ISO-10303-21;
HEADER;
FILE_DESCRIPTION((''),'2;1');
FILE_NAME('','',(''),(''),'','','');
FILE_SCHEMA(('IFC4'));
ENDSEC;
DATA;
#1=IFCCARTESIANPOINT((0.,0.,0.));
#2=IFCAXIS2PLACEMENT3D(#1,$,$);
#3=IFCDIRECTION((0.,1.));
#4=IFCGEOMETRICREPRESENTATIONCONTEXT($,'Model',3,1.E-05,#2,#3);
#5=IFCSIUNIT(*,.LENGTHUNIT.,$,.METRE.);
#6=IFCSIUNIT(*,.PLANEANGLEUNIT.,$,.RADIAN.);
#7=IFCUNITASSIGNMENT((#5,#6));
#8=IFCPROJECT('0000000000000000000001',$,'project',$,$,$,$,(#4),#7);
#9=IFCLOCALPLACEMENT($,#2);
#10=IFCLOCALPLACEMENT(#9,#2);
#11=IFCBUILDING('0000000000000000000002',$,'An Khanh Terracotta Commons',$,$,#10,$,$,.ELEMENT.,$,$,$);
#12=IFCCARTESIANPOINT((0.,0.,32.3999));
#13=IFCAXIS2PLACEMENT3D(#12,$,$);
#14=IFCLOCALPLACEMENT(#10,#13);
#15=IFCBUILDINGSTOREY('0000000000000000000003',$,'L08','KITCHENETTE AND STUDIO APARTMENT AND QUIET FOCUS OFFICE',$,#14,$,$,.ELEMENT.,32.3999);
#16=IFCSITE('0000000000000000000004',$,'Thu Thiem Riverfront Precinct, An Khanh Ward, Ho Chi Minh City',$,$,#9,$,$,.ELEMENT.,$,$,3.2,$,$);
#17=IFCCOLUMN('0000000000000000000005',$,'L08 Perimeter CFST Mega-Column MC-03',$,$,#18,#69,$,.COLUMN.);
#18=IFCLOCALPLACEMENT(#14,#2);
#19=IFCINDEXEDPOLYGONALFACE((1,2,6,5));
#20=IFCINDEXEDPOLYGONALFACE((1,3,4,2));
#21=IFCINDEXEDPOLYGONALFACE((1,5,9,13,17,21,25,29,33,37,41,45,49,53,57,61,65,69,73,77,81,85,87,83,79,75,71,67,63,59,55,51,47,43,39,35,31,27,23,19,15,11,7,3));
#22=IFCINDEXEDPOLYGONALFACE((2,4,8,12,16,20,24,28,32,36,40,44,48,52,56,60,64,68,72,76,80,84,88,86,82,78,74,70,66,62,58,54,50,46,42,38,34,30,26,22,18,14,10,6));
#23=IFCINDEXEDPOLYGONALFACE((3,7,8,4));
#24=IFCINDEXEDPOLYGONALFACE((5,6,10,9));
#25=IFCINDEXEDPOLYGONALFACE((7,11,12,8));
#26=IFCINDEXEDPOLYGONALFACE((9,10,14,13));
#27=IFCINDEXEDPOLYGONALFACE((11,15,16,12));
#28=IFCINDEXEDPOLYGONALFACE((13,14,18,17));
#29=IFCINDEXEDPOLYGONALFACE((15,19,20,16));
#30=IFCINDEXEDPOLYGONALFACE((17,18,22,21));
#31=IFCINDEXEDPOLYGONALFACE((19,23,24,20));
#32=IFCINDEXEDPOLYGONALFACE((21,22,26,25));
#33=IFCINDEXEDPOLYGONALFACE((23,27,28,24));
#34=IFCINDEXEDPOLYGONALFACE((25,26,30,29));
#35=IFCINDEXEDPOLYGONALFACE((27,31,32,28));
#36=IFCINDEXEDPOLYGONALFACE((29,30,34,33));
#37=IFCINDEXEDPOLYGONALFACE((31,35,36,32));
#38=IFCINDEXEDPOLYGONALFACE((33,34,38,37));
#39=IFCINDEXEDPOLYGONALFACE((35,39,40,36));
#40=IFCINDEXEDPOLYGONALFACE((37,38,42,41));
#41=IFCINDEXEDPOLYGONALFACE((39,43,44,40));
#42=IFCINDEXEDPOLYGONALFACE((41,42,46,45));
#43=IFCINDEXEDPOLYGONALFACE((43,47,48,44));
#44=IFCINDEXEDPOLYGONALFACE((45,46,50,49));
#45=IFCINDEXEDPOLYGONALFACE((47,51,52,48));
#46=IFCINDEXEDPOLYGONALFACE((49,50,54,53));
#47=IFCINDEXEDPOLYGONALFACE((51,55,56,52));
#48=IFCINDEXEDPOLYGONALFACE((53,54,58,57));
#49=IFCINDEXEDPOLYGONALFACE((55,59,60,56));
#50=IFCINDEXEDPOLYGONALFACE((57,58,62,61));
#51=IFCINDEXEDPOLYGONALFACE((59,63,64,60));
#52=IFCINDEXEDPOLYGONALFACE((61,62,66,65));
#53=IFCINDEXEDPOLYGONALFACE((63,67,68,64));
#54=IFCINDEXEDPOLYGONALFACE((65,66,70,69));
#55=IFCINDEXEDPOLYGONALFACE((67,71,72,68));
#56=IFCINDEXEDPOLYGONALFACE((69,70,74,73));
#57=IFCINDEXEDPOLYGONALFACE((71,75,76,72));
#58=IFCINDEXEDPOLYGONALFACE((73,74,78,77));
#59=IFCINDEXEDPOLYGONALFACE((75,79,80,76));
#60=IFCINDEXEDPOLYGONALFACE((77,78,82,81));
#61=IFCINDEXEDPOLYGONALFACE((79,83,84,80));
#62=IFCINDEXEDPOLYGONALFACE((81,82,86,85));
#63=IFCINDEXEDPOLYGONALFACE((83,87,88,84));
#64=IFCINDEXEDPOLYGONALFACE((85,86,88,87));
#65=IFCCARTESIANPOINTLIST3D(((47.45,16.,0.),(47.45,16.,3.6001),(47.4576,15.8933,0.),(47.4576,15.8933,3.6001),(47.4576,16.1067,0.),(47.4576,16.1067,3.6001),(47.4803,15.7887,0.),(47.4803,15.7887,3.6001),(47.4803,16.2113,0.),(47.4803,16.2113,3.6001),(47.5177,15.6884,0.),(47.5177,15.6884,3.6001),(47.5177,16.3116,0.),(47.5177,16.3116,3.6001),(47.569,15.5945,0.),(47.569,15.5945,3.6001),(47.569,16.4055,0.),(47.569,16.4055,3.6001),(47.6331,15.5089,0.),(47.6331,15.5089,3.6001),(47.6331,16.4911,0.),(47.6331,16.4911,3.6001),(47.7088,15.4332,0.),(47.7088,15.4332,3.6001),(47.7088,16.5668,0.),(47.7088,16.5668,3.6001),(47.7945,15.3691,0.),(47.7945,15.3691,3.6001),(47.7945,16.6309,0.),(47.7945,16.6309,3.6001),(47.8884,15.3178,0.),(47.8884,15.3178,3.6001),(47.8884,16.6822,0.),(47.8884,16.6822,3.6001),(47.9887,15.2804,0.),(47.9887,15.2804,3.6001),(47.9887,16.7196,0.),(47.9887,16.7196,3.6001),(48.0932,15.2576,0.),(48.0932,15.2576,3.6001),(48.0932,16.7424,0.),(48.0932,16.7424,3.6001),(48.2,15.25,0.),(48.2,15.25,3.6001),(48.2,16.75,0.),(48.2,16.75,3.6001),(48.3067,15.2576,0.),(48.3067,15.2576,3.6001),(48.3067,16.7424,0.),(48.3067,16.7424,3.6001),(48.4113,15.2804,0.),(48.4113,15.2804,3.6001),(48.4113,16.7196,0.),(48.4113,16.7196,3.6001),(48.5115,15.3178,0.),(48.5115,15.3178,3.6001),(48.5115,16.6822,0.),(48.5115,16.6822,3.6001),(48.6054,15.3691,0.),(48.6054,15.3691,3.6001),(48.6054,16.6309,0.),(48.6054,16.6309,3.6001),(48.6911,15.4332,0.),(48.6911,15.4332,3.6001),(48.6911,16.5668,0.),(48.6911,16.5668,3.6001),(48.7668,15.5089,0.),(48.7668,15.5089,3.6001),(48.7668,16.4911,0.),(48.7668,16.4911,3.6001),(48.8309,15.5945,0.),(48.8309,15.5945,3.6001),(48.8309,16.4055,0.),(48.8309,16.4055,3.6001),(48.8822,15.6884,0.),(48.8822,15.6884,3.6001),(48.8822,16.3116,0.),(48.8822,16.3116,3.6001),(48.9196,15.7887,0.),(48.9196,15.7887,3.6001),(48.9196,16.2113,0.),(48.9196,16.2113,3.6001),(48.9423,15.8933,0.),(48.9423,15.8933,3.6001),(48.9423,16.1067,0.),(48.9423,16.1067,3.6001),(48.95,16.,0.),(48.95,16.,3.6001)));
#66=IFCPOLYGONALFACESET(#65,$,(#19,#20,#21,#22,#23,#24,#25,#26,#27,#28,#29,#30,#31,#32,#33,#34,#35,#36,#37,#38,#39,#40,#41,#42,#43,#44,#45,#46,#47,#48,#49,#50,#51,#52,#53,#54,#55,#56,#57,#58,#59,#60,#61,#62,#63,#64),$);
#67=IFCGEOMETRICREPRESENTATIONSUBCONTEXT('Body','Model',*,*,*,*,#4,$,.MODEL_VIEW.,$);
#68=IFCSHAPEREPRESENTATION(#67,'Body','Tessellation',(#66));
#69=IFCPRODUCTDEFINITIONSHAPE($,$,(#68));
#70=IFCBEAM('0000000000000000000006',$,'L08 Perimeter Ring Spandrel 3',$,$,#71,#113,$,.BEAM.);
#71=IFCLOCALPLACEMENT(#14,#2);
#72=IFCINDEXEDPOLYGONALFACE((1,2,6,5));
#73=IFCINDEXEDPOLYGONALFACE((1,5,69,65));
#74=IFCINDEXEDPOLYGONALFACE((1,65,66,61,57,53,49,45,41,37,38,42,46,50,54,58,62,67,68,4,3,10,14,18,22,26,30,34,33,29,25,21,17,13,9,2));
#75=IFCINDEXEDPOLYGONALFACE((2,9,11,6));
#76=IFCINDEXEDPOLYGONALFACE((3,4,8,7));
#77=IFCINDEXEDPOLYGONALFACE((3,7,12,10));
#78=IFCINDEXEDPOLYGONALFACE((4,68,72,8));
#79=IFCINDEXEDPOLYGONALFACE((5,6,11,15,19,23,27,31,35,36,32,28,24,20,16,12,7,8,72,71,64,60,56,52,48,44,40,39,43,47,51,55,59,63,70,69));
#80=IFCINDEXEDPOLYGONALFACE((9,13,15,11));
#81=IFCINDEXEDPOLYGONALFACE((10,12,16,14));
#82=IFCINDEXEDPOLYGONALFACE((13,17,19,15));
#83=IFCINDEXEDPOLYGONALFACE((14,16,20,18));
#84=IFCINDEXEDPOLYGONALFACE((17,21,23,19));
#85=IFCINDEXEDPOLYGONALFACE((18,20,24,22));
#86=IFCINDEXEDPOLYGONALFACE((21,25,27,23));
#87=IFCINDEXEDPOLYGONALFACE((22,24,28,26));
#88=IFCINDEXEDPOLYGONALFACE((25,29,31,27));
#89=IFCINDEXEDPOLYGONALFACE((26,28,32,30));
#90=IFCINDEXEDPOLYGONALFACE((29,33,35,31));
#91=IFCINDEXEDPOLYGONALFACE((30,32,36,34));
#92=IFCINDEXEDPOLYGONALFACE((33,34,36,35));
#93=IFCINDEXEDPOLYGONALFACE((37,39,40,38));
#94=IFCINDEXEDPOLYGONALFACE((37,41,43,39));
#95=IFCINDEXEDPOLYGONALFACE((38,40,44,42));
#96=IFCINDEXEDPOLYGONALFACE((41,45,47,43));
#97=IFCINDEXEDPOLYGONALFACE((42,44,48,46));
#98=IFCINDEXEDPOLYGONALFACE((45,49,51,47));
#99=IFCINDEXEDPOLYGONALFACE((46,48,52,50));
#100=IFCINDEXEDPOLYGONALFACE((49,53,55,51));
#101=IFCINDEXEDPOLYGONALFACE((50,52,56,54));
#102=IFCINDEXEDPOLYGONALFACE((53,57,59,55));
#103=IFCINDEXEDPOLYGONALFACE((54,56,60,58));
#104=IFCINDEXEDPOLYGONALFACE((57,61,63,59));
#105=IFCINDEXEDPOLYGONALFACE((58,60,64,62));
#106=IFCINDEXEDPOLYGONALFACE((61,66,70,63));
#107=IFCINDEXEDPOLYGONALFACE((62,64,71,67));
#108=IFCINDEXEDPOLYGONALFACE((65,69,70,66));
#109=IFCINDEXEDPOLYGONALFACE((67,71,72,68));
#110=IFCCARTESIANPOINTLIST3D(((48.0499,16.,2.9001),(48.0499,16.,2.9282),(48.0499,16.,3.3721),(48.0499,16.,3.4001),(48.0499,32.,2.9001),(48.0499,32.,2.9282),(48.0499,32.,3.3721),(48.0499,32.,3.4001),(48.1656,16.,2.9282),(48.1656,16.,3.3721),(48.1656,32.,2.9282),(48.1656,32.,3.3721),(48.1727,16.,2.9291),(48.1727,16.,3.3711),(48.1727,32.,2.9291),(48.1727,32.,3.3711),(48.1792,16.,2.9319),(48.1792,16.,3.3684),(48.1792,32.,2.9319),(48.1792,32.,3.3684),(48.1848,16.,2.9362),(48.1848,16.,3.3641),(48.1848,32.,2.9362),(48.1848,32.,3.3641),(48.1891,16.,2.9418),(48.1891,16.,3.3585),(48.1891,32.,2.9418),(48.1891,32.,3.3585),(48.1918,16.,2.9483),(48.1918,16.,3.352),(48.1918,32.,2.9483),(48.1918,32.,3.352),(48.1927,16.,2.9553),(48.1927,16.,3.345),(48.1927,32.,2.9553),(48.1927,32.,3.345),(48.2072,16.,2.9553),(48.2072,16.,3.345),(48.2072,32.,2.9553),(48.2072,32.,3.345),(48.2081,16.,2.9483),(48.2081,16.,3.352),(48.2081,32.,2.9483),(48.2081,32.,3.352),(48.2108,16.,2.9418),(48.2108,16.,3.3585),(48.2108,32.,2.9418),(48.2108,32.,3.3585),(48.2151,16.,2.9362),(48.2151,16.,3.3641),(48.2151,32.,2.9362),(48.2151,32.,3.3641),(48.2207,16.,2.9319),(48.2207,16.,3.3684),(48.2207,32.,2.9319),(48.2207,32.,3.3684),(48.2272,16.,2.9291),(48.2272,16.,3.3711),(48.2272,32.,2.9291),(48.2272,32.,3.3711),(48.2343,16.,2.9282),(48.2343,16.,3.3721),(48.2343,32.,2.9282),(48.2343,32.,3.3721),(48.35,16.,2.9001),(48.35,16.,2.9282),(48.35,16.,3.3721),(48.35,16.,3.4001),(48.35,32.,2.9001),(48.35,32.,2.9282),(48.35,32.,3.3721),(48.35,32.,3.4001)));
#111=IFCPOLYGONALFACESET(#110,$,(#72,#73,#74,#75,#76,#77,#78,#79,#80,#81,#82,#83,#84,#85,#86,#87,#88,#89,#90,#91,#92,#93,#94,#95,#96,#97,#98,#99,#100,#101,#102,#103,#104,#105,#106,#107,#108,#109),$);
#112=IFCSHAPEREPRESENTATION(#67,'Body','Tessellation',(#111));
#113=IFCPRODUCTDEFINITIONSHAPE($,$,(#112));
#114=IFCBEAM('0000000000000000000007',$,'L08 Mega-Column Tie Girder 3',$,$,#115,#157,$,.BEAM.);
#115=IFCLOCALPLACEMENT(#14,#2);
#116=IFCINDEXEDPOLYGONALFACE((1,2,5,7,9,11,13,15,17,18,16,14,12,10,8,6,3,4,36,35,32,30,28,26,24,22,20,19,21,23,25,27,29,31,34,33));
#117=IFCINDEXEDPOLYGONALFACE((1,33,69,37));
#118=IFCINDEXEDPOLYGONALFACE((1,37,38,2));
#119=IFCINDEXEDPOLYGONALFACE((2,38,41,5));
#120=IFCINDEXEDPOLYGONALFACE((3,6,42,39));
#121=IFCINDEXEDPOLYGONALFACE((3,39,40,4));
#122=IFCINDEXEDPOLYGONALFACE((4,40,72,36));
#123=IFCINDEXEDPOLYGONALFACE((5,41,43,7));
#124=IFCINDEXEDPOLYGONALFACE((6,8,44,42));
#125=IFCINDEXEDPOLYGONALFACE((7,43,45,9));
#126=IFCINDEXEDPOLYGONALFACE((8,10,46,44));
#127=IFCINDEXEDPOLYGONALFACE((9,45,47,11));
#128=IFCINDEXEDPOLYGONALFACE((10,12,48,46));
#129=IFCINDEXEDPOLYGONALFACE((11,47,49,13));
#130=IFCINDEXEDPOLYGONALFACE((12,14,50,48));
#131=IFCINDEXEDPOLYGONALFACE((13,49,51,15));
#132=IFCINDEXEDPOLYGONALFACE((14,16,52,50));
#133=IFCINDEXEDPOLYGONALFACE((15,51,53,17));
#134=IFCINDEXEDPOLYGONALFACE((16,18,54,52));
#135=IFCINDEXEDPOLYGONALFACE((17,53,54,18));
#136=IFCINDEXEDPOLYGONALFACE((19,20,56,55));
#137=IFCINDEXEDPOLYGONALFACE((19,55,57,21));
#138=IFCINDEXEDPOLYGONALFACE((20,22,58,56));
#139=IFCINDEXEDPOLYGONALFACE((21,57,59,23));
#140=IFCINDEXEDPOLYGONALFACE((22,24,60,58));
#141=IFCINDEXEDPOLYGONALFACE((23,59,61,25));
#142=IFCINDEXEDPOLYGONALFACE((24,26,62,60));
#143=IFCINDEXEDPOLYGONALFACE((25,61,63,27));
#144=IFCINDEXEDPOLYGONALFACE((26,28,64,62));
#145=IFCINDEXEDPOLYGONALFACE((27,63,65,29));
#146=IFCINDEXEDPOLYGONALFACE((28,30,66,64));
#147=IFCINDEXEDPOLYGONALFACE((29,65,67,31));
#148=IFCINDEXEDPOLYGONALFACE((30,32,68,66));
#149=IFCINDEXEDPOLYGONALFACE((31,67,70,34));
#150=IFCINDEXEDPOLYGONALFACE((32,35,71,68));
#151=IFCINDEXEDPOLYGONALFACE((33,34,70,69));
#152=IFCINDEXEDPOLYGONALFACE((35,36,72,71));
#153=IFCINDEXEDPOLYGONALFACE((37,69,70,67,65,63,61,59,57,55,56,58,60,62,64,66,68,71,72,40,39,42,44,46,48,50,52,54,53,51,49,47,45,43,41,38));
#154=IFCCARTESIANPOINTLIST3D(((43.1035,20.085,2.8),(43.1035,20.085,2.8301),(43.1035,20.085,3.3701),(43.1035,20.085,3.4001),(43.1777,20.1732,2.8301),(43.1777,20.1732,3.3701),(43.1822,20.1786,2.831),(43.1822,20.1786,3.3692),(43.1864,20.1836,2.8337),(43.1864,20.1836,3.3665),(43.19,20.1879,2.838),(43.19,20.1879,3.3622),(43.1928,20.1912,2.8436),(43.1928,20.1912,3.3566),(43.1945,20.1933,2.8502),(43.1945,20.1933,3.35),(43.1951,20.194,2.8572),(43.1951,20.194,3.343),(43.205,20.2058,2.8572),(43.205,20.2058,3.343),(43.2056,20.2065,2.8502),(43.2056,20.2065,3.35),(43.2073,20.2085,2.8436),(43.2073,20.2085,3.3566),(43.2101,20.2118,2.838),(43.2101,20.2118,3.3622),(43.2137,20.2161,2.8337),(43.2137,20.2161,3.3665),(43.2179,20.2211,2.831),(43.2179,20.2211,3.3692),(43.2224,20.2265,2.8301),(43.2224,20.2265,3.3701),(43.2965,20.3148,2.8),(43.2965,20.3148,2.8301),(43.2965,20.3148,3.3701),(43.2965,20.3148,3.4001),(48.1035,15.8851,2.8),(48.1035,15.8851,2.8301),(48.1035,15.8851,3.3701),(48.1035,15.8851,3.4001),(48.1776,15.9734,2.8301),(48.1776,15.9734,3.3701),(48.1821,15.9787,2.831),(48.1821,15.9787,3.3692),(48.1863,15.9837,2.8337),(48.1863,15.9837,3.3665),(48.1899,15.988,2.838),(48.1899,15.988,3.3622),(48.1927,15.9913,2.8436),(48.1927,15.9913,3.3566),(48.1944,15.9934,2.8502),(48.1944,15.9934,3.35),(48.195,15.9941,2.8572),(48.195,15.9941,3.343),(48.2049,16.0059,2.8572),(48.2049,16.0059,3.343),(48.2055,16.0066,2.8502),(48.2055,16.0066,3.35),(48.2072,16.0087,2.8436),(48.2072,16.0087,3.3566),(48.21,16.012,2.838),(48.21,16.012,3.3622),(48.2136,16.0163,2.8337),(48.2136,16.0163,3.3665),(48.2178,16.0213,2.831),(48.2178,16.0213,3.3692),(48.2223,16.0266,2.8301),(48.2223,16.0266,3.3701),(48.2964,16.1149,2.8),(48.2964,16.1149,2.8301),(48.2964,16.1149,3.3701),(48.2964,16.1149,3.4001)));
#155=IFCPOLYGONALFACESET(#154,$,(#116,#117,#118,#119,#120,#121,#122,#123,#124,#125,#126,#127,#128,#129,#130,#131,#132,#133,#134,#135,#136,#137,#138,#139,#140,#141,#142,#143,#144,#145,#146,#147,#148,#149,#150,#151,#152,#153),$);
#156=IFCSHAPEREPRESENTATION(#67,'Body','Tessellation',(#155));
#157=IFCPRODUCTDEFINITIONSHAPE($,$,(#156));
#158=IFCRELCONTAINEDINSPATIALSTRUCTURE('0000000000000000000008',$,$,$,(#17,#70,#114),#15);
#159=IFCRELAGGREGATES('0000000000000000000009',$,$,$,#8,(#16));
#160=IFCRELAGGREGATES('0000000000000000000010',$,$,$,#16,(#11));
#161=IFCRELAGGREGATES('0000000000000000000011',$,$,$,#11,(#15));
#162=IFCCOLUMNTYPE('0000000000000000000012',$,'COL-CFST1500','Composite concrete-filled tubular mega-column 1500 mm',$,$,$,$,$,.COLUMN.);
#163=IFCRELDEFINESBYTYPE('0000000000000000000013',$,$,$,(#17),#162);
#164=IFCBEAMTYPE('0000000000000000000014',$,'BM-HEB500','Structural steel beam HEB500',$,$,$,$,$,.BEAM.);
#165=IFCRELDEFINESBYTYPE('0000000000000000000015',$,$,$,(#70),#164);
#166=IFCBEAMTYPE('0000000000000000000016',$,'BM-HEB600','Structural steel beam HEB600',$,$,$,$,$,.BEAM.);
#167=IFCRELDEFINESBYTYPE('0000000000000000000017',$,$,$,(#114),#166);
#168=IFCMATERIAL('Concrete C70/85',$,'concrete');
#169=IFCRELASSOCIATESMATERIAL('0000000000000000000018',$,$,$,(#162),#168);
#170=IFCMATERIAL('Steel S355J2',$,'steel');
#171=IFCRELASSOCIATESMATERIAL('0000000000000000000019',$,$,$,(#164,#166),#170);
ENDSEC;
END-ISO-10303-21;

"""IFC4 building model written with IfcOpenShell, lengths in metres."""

from ifc_helpers import new_model, si_unit, direction, frame, origin, origin_2d, place, context, subcontext, project, spatial, circle, i_section, extrude, material, material_profile, profile_set, type_object, element, save


model = new_model("IFC4")

# Units and contexts
model_context = context("Model", 3, precision=1e-05, world=origin(), true_north=direction((0.0, 1.0)))
body_context = subcontext(model_context, "Body", "Model", "MODEL_VIEW")
ifc_project = project(units=[si_unit("LENGTHUNIT", "METRE"), si_unit("PLANEANGLEUNIT", "RADIAN")], contexts=[model_context])

# Site, building, storey
site_placement = place(None, origin())
site = spatial("IfcSite", under=ifc_project, at=site_placement, Name="Thu Thiem Riverfront Precinct, An Khanh Ward, Ho Chi Minh City", CompositionType="ELEMENT", RefElevation=3.2)
building_placement = place(site_placement, origin())
building = spatial("IfcBuilding", under=site, at=building_placement, Name="An Khanh Terracotta Commons", CompositionType="ELEMENT")
storey_placement = place(building_placement, frame((0.0, 0.0, 32.3999)))
storey = spatial("IfcBuildingStorey", under=building, at=storey_placement, Name="L08", Description="KITCHENETTE AND STUDIO APARTMENT AND QUIET FOCUS OFFICE", CompositionType="ELEMENT", Elevation=32.3999)

# Column
ifc_material_1 = material(Name="Concrete C70/85", Category="concrete")
ifc_material_profile_1 = material_profile(ifc_material_1, circle(Radius=0.75, at=origin_2d()), Name="CFST1500")
ifc_profile_set_1 = profile_set([ifc_material_profile_1], Name="Concrete C70/85")
column_type = type_object("IfcColumnType", Name="COL-CFST1500", Description="Composite concrete-filled tubular mega-column 1500 mm", PredefinedType="COLUMN", material=ifc_profile_set_1)
column_placement = place(storey_placement, frame((48.2, 16.0, 0.0), z_axis=(0.0, 0.0, 1.0), x_axis=(1.0, 0.0, 0.0)))
element("IfcColumn", 1, at=column_placement, inside=storey, type_object=column_type, Name="L08 Perimeter CFST Mega-Column MC-03", PredefinedType="COLUMN", context=body_context, shape_type="SweptSolid", body=[
    extrude(circle(Radius=0.75, at=origin_2d()), origin(), (0.0, 0.0, 1.0), 3.6001),
])

# Beams
ifc_material_2 = material(Name="Steel S355J2", Category="steel")
ifc_material_profile_2 = material_profile(ifc_material_2, i_section(OverallWidth=0.3, OverallDepth=0.5, WebThickness=0.0144, FlangeThickness=0.0281, FilletRadius=0.0271, at=origin_2d()), Name="HEB500")
ifc_profile_set_2 = profile_set([ifc_material_profile_2], Name="Steel S355J2")
beam_type_1 = type_object("IfcBeamType", Name="BM-HEB500", Description="Structural steel beam HEB500", PredefinedType="BEAM", material=ifc_profile_set_2)
beam_1_placement = place(storey_placement, frame((48.2, 16.0, 3.1501), z_axis=(0.0, 1.0, 0.0), x_axis=(-1.0, 0.0, 0.0)))
element("IfcBeam", 2, at=beam_1_placement, inside=storey, type_object=beam_type_1, Name="L08 Perimeter Ring Spandrel 3", PredefinedType="BEAM", context=body_context, shape_type="SweptSolid", body=[
    extrude(i_section(OverallWidth=0.3, OverallDepth=0.5, WebThickness=0.0144, FlangeThickness=0.0281, FilletRadius=0.0271, at=origin_2d()), origin(), (0.0, 0.0, 1.0), 16.0),
])
ifc_material_profile_3 = material_profile(ifc_material_2, i_section(OverallWidth=0.3, OverallDepth=0.6001, WebThickness=0.0154, FlangeThickness=0.03, FilletRadius=0.0271, at=origin_2d()), Name="HEB600")
ifc_profile_set_3 = profile_set([ifc_material_profile_3], Name="Steel S355J2")
beam_type_2 = type_object("IfcBeamType", Name="BM-HEB600", Description="Structural steel beam HEB600", PredefinedType="BEAM", material=ifc_profile_set_3)
beam_2_placement = place(storey_placement, frame((48.2, 16.0, 3.1001), z_axis=(-0.765709, 0.643188, 0.0), x_axis=(-0.643188, -0.765709, 0.0)))
element("IfcBeam", 3, at=beam_2_placement, inside=storey, type_object=beam_type_2, Name="L08 Mega-Column Tie Girder 3", PredefinedType="BEAM", context=body_context, shape_type="SweptSolid", body=[
    extrude(i_section(OverallWidth=0.3, OverallDepth=0.6001, WebThickness=0.0154, FlangeThickness=0.03, FilletRadius=0.0271, at=origin_2d()), origin(), (0.0, 0.0, 1.0), 6.5298),
])

save(model, "model.ifc")
